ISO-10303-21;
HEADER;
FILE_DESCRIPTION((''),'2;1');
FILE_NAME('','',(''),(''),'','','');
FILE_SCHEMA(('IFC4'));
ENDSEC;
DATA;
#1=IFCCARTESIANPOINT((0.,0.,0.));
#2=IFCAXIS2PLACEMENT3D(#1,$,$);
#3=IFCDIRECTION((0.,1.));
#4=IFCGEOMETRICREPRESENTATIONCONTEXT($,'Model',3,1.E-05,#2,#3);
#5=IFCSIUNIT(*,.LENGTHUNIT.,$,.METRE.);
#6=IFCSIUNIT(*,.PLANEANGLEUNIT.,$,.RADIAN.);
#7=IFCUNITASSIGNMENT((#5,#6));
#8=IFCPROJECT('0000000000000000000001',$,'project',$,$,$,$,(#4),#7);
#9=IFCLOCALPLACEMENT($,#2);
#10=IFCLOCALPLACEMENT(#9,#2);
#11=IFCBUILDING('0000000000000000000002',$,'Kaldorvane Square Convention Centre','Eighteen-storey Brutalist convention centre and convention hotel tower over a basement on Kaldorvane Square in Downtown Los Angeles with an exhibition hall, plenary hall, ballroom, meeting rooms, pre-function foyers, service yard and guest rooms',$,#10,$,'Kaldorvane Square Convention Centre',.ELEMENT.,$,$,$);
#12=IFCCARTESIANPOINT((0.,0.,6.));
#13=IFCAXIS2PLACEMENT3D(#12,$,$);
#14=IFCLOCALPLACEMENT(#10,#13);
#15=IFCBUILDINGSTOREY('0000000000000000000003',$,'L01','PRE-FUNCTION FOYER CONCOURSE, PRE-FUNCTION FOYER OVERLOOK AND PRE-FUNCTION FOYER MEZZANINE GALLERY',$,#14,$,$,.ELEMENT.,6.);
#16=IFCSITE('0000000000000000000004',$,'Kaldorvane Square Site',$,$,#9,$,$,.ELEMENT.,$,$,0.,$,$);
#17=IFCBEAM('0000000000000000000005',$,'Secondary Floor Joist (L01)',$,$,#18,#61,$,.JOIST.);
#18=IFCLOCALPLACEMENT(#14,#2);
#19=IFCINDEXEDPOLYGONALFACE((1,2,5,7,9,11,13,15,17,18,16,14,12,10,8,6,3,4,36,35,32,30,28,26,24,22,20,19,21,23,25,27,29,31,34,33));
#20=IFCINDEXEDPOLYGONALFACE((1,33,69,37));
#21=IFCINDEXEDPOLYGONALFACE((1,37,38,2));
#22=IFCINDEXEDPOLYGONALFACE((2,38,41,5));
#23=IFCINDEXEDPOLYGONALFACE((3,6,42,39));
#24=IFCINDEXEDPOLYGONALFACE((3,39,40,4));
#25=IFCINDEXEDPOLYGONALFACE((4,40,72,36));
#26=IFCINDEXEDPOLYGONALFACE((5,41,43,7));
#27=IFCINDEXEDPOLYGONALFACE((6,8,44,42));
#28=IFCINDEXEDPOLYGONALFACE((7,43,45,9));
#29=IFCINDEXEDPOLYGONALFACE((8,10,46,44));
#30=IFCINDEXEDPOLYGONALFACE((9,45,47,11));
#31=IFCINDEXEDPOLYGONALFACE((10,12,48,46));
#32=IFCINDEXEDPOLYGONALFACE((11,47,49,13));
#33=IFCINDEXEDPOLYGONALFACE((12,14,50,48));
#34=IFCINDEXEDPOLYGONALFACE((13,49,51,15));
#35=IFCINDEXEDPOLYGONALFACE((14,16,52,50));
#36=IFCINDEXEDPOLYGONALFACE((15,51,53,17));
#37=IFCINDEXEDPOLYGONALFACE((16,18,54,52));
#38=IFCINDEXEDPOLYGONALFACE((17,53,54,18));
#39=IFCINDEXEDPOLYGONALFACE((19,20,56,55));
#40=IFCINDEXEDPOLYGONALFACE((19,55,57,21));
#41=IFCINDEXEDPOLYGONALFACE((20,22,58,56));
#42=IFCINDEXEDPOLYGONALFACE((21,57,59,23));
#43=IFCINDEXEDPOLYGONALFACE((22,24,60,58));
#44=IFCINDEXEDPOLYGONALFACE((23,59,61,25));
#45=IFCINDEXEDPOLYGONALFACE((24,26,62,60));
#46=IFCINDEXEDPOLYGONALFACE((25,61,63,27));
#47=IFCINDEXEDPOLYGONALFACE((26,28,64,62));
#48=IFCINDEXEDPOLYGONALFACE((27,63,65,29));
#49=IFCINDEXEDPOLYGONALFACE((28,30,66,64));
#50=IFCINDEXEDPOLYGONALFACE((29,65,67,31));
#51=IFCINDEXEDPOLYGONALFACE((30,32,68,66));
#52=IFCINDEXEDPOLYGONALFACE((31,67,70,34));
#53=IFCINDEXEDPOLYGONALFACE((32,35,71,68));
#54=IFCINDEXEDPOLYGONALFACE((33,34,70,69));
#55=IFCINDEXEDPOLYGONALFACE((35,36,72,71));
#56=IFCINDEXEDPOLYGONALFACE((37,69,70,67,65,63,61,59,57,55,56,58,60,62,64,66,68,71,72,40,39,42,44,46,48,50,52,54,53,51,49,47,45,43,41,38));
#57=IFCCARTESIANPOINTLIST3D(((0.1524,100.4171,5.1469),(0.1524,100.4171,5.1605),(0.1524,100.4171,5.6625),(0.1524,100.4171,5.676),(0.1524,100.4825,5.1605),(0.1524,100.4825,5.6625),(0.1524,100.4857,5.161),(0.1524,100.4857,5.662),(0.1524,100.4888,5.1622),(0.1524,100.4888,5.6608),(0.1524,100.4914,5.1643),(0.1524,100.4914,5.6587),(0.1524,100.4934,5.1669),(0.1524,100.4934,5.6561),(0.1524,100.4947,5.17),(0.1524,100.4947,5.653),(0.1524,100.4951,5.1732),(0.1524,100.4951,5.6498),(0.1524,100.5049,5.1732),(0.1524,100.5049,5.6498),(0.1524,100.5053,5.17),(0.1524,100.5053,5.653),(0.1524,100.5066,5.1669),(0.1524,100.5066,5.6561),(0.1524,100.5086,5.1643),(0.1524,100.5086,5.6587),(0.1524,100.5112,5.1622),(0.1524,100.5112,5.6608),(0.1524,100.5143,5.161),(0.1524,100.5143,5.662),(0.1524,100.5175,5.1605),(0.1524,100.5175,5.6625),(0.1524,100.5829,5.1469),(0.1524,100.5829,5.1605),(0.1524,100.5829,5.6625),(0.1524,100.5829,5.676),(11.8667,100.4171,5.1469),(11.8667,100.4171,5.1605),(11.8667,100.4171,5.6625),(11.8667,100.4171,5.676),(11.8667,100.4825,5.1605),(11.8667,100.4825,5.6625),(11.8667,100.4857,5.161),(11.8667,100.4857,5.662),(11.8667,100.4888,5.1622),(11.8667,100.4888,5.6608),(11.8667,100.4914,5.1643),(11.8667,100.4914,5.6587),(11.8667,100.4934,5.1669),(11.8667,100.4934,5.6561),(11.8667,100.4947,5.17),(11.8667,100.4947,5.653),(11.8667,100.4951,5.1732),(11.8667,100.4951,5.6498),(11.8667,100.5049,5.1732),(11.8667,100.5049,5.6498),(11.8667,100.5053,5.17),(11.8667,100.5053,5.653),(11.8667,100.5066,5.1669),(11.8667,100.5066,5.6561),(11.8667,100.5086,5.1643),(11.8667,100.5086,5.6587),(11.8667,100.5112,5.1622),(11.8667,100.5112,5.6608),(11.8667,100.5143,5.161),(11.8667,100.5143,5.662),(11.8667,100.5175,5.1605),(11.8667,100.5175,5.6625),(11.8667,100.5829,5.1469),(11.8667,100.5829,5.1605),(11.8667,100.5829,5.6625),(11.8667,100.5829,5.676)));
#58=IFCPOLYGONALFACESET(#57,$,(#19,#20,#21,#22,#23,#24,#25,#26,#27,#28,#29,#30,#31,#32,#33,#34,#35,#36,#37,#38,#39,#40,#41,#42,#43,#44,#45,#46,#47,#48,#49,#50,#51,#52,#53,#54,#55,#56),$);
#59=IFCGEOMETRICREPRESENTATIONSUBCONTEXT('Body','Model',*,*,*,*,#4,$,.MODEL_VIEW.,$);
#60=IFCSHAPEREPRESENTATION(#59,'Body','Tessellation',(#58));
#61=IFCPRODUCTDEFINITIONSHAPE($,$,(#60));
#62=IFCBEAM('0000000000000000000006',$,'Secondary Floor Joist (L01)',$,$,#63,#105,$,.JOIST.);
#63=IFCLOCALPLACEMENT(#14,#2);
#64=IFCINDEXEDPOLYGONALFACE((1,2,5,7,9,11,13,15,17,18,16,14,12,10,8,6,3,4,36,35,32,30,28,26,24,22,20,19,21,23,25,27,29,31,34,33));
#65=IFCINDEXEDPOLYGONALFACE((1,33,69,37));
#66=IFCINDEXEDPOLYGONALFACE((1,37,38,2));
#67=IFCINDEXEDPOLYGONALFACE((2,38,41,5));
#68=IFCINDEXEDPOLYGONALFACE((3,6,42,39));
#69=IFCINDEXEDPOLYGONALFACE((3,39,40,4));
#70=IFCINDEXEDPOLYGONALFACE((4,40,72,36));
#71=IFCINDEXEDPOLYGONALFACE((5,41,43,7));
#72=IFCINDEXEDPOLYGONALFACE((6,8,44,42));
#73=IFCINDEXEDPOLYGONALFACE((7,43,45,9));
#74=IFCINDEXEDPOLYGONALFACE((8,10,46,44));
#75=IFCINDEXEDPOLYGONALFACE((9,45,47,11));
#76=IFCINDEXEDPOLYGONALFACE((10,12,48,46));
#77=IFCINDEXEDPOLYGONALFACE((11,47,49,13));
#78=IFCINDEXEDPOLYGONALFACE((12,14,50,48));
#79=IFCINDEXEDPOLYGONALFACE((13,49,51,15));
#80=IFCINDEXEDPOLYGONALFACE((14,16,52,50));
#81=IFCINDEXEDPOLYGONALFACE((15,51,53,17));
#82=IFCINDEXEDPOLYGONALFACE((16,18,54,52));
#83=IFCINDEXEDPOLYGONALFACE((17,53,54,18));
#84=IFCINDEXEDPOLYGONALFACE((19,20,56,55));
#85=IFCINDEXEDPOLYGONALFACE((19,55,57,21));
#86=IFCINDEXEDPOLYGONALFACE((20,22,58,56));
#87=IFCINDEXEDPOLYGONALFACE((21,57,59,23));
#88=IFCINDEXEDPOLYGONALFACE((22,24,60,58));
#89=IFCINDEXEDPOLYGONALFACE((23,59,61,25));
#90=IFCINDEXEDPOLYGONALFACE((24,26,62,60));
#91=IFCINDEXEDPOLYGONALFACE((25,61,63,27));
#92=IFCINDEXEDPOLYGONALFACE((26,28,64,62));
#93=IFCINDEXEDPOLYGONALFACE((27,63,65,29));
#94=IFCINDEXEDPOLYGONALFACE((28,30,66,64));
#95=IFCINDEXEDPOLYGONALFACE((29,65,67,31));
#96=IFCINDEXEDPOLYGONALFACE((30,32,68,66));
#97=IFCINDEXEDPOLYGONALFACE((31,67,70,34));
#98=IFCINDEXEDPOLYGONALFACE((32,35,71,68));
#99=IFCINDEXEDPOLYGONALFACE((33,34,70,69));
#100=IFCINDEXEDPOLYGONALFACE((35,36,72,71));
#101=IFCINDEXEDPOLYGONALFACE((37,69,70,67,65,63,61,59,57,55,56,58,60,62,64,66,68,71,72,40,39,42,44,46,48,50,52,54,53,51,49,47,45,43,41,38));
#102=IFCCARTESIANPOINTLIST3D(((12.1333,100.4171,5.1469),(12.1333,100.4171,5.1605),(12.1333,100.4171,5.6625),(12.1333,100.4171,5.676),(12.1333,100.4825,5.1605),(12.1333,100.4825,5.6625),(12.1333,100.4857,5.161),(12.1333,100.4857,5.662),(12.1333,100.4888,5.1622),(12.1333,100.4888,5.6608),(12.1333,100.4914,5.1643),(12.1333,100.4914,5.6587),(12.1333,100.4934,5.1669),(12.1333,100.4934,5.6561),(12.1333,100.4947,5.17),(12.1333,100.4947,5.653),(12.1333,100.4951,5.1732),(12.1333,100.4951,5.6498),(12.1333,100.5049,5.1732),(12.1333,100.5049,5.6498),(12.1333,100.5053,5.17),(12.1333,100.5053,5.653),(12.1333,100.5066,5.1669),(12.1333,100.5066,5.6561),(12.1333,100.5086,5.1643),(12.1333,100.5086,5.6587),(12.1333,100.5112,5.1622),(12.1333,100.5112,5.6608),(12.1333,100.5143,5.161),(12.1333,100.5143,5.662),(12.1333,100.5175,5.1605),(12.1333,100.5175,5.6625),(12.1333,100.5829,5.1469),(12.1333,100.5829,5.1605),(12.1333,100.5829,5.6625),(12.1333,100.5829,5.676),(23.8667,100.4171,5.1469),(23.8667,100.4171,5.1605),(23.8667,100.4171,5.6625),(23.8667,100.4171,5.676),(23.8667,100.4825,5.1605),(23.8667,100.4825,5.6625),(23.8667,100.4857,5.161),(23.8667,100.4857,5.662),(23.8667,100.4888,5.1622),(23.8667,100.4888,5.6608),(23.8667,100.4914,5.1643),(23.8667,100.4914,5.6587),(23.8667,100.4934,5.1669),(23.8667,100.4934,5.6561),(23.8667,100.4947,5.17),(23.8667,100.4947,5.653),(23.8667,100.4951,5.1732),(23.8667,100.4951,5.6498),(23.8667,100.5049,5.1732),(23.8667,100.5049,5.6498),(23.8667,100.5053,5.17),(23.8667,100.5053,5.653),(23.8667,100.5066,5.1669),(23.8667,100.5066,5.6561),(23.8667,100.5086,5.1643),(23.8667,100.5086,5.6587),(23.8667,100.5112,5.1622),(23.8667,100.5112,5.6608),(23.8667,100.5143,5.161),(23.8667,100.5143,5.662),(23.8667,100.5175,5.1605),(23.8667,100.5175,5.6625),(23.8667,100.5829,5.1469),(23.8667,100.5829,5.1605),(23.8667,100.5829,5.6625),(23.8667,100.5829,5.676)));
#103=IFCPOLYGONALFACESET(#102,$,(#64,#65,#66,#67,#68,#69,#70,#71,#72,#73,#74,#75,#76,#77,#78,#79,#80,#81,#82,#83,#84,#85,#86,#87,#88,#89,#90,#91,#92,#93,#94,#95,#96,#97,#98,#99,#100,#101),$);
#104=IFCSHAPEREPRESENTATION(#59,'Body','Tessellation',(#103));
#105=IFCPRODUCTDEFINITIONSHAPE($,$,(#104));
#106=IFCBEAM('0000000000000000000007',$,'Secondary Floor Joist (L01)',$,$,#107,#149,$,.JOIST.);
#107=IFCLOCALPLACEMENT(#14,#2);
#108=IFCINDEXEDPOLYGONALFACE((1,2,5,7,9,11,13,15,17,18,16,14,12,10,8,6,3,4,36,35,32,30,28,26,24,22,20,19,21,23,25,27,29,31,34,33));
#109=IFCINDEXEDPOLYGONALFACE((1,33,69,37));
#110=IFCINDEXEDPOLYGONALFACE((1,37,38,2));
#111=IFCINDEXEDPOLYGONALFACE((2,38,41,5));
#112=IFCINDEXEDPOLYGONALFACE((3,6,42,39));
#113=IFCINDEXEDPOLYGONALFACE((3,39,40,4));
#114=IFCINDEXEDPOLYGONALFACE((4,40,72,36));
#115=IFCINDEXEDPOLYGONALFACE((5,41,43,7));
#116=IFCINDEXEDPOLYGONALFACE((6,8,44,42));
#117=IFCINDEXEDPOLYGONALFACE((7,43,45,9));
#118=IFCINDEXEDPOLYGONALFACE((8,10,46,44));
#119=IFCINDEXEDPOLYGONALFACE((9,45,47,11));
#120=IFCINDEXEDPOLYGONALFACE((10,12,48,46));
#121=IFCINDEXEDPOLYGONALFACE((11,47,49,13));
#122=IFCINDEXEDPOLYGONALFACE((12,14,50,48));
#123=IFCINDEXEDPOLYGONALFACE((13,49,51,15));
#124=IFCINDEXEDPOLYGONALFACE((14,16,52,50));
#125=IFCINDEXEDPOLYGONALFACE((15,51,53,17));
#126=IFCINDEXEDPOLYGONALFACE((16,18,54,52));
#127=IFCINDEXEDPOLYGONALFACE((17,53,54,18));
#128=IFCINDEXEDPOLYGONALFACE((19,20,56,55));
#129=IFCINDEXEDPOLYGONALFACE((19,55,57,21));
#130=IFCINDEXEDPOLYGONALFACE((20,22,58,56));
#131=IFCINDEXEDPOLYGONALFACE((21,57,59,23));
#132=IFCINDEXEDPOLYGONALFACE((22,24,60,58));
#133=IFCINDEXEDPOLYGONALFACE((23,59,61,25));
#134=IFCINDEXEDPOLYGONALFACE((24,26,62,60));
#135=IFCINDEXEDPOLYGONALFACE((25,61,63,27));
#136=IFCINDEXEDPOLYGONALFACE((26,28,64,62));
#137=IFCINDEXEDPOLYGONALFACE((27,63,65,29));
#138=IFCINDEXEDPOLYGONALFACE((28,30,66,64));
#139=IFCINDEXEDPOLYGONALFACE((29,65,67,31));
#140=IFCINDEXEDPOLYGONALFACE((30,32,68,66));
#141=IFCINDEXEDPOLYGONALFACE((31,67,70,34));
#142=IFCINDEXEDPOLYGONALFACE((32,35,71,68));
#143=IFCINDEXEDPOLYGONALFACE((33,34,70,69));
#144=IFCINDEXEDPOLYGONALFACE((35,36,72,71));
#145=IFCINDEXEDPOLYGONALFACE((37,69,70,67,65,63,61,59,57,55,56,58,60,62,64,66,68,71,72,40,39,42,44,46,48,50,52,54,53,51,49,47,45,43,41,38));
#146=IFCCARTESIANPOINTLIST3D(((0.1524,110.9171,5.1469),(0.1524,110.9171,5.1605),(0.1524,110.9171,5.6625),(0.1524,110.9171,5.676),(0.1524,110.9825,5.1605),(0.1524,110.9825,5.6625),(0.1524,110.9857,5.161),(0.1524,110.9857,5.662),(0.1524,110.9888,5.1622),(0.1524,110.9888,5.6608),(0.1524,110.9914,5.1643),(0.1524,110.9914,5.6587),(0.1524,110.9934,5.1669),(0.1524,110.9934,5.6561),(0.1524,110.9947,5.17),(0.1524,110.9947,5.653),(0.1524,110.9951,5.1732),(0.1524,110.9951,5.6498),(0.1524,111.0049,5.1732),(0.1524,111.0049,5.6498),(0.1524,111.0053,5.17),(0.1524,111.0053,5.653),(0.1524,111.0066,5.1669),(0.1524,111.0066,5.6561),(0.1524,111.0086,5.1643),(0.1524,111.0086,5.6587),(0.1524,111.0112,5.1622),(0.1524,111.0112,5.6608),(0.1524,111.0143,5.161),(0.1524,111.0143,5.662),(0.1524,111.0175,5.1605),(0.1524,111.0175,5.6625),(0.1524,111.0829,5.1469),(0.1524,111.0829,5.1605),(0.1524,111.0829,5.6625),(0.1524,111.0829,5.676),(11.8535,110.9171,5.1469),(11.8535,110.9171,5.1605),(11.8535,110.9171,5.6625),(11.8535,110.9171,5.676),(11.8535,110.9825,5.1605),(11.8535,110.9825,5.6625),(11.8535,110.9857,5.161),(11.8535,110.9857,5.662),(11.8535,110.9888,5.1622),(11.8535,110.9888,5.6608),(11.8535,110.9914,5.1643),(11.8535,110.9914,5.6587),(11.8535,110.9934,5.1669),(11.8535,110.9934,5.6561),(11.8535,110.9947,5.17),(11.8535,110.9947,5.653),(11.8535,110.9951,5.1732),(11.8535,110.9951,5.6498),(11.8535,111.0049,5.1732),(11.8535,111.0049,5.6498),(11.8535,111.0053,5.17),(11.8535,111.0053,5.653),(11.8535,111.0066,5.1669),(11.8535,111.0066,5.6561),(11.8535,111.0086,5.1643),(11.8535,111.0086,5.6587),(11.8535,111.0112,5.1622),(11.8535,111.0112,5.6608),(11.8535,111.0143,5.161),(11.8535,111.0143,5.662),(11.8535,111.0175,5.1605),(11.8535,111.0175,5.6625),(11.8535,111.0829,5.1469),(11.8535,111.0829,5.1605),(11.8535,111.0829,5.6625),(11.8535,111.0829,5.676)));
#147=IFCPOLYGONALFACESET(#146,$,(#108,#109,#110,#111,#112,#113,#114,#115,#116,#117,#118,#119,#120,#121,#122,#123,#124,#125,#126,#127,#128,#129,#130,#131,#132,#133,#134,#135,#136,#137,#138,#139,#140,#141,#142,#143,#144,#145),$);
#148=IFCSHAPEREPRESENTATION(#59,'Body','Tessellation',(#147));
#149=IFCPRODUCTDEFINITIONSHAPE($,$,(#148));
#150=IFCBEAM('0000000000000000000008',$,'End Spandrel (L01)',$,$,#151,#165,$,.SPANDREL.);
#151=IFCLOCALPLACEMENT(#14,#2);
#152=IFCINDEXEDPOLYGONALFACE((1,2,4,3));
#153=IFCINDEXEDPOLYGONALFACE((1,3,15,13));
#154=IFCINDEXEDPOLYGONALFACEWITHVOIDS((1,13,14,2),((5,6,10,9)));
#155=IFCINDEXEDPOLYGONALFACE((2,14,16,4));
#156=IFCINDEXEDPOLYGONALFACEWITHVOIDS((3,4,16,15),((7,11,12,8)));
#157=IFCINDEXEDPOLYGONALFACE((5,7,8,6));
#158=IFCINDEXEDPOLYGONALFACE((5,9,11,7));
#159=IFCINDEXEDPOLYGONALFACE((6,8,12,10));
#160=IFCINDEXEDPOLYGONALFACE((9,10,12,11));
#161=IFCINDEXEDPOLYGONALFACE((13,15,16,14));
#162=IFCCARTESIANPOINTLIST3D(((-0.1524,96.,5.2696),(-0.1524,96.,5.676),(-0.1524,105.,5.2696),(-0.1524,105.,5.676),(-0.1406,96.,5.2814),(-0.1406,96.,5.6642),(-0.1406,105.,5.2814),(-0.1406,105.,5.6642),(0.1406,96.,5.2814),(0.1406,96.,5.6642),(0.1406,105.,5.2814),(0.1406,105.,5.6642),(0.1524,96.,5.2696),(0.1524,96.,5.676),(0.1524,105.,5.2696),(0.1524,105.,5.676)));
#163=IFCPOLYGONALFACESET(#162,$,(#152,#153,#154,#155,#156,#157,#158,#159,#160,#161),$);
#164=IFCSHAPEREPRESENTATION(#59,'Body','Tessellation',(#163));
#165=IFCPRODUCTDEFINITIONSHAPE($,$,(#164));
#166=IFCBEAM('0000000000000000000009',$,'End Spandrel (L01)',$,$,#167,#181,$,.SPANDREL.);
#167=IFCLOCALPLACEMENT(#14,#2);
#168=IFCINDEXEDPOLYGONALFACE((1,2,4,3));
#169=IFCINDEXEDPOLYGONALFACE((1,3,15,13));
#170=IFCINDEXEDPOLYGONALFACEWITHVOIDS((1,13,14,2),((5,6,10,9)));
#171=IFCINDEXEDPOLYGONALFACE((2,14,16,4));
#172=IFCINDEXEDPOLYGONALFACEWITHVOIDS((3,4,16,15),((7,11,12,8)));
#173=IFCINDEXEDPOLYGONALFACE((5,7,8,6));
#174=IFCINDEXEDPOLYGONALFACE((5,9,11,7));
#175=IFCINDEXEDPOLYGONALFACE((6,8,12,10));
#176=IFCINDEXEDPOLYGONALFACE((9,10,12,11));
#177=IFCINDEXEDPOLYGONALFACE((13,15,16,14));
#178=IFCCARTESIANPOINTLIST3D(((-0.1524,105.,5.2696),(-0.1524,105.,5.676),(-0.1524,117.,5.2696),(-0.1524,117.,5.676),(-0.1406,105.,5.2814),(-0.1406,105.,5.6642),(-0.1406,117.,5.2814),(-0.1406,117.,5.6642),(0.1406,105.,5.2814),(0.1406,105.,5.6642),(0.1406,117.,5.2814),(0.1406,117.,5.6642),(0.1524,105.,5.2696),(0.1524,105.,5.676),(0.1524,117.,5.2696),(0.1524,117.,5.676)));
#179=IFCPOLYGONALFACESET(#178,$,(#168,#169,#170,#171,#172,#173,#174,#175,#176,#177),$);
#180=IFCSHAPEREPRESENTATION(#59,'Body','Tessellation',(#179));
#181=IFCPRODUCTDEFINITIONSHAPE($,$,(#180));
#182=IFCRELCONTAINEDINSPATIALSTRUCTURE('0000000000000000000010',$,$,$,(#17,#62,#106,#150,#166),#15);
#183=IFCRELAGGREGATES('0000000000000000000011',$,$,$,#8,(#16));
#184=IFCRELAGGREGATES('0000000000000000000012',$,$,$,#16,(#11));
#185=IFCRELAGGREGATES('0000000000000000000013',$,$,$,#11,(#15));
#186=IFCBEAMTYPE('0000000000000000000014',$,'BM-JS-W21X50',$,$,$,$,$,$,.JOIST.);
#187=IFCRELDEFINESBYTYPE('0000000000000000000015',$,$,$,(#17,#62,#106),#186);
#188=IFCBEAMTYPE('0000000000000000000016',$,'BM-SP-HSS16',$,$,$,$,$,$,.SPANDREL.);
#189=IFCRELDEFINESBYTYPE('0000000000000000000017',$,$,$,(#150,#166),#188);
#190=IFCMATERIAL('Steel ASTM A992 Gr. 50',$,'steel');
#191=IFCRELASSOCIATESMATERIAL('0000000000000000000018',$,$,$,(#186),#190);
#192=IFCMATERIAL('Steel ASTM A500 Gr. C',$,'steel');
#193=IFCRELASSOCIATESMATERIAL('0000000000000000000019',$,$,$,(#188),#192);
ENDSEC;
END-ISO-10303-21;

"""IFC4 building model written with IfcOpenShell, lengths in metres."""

from ifc_helpers import new_model, si_unit, direction, frame, origin, origin_2d, place, context, subcontext, project, spatial, hollow_rectangle, i_section, extrude, material, material_profile, profile_set, type_object, element, save


model = new_model("IFC4")

# Units and contexts
model_context = context("Model", 3, precision=1e-05, world=origin(), true_north=direction((0.0, 1.0)))
body_context = subcontext(model_context, "Body", "Model", "MODEL_VIEW")
ifc_project = project(units=[si_unit("LENGTHUNIT", "METRE"), si_unit("PLANEANGLEUNIT", "RADIAN")], contexts=[model_context])

# Site, building, storey
site_placement = place(None, origin())
site = spatial("IfcSite", under=ifc_project, at=site_placement, Name="Kaldorvane Square Site", CompositionType="ELEMENT", RefElevation=0.0)
building_placement = place(site_placement, origin())
building = spatial("IfcBuilding", under=site, at=building_placement, Name="Kaldorvane Square Convention Centre", Description="Eighteen-storey Brutalist convention centre and convention hotel tower over a basement on Kaldorvane Square in Downtown Los Angeles with an exhibition hall, plenary hall, ballroom, meeting rooms, pre-function foyers, service yard and guest rooms", LongName="Kaldorvane Square Convention Centre", CompositionType="ELEMENT")
storey_placement = place(building_placement, frame((0.0, 0.0, 6.0)))
storey = spatial("IfcBuildingStorey", under=building, at=storey_placement, Name="L01", Description="PRE-FUNCTION FOYER CONCOURSE, PRE-FUNCTION FOYER OVERLOOK AND PRE-FUNCTION FOYER MEZZANINE GALLERY", CompositionType="ELEMENT", Elevation=6.0)

# Shared definitions
ifc_material_1 = material(Name="Steel ASTM A992 Gr. 50", Category="steel")

# Beams
ifc_material_profile_1 = material_profile(ifc_material_1, i_section(OverallWidth=0.1659, OverallDepth=0.5291, WebThickness=0.0097, FlangeThickness=0.0136, FilletRadius=0.0127, at=origin_2d()), Name="W21X50")
ifc_profile_set_1 = profile_set([ifc_material_profile_1], Name="Steel ASTM A992 Gr. 50")
beam_type_1 = type_object("IfcBeamType", Name="BM-JS-W21X50", PredefinedType="JOIST", material=ifc_profile_set_1)
beam_1_placement = place(storey_placement, frame((0.1524, 100.5, 5.4115), z_axis=(1.0, 0.0, 0.0), x_axis=(0.0, 1.0, 0.0)))
element("IfcBeam", 1, at=beam_1_placement, inside=storey, type_object=beam_type_1, Name="Secondary Floor Joist (L01)", PredefinedType="JOIST", context=body_context, shape_type="SweptSolid", body=[
    extrude(i_section(OverallWidth=0.1659, OverallDepth=0.5291, WebThickness=0.0097, FlangeThickness=0.0136, FilletRadius=0.0127, at=origin_2d()), origin(), (0.0, 0.0, 1.0), 11.7143),
])
beam_2_placement = place(storey_placement, frame((12.1333, 100.5, 5.4115), z_axis=(1.0, 0.0, 0.0), x_axis=(0.0, 1.0, 0.0)))
element("IfcBeam", 2, at=beam_2_placement, inside=storey, type_object=beam_type_1, Name="Secondary Floor Joist (L01)", PredefinedType="JOIST", context=body_context, shape_type="SweptSolid", body=[
    extrude(i_section(OverallWidth=0.1659, OverallDepth=0.5291, WebThickness=0.0097, FlangeThickness=0.0136, FilletRadius=0.0127, at=origin_2d()), origin(), (0.0, 0.0, 1.0), 11.7334),
])
beam_3_placement = place(storey_placement, frame((0.1524, 111.0, 5.4115), z_axis=(1.0, 0.0, 0.0), x_axis=(0.0, 1.0, 0.0)))
element("IfcBeam", 3, at=beam_3_placement, inside=storey, type_object=beam_type_1, Name="Secondary Floor Joist (L01)", PredefinedType="JOIST", context=body_context, shape_type="SweptSolid", body=[
    extrude(i_section(OverallWidth=0.1659, OverallDepth=0.5291, WebThickness=0.0097, FlangeThickness=0.0136, FilletRadius=0.0127, at=origin_2d()), origin(), (0.0, 0.0, 1.0), 11.7011),
])
ifc_material_2 = material(Name="Steel ASTM A500 Gr. C", Category="steel")
ifc_material_profile_2 = material_profile(ifc_material_2, hollow_rectangle(XDim=0.3048, YDim=0.4064, WallThickness=0.0118, at=origin_2d()), Name="HSS16X12X1/2")
ifc_profile_set_2 = profile_set([ifc_material_profile_2], Name="Steel ASTM A500 Gr. C")
beam_type_2 = type_object("IfcBeamType", Name="BM-SP-HSS16", PredefinedType="SPANDREL", material=ifc_profile_set_2)
beam_4_placement = place(storey_placement, frame((0.0, 96.0, 5.4728), z_axis=(0.0, 1.0, 0.0), x_axis=(-1.0, 0.0, 0.0)))
element("IfcBeam", 4, at=beam_4_placement, inside=storey, type_object=beam_type_2, Name="End Spandrel (L01)", PredefinedType="SPANDREL", context=body_context, shape_type="SweptSolid", body=[
    extrude(hollow_rectangle(XDim=0.3048, YDim=0.4064, WallThickness=0.0118, at=origin_2d()), origin(), (0.0, 0.0, 1.0), 9.0),
])
beam_5_placement = place(storey_placement, frame((0.0, 105.0, 5.4728), z_axis=(0.0, 1.0, 0.0), x_axis=(-1.0, 0.0, 0.0)))
element("IfcBeam", 5, at=beam_5_placement, inside=storey, type_object=beam_type_2, Name="End Spandrel (L01)", PredefinedType="SPANDREL", context=body_context, shape_type="SweptSolid", body=[
    extrude(hollow_rectangle(XDim=0.3048, YDim=0.4064, WallThickness=0.0118, at=origin_2d()), origin(), (0.0, 0.0, 1.0), 12.0),
])

save(model, "model.ifc")
